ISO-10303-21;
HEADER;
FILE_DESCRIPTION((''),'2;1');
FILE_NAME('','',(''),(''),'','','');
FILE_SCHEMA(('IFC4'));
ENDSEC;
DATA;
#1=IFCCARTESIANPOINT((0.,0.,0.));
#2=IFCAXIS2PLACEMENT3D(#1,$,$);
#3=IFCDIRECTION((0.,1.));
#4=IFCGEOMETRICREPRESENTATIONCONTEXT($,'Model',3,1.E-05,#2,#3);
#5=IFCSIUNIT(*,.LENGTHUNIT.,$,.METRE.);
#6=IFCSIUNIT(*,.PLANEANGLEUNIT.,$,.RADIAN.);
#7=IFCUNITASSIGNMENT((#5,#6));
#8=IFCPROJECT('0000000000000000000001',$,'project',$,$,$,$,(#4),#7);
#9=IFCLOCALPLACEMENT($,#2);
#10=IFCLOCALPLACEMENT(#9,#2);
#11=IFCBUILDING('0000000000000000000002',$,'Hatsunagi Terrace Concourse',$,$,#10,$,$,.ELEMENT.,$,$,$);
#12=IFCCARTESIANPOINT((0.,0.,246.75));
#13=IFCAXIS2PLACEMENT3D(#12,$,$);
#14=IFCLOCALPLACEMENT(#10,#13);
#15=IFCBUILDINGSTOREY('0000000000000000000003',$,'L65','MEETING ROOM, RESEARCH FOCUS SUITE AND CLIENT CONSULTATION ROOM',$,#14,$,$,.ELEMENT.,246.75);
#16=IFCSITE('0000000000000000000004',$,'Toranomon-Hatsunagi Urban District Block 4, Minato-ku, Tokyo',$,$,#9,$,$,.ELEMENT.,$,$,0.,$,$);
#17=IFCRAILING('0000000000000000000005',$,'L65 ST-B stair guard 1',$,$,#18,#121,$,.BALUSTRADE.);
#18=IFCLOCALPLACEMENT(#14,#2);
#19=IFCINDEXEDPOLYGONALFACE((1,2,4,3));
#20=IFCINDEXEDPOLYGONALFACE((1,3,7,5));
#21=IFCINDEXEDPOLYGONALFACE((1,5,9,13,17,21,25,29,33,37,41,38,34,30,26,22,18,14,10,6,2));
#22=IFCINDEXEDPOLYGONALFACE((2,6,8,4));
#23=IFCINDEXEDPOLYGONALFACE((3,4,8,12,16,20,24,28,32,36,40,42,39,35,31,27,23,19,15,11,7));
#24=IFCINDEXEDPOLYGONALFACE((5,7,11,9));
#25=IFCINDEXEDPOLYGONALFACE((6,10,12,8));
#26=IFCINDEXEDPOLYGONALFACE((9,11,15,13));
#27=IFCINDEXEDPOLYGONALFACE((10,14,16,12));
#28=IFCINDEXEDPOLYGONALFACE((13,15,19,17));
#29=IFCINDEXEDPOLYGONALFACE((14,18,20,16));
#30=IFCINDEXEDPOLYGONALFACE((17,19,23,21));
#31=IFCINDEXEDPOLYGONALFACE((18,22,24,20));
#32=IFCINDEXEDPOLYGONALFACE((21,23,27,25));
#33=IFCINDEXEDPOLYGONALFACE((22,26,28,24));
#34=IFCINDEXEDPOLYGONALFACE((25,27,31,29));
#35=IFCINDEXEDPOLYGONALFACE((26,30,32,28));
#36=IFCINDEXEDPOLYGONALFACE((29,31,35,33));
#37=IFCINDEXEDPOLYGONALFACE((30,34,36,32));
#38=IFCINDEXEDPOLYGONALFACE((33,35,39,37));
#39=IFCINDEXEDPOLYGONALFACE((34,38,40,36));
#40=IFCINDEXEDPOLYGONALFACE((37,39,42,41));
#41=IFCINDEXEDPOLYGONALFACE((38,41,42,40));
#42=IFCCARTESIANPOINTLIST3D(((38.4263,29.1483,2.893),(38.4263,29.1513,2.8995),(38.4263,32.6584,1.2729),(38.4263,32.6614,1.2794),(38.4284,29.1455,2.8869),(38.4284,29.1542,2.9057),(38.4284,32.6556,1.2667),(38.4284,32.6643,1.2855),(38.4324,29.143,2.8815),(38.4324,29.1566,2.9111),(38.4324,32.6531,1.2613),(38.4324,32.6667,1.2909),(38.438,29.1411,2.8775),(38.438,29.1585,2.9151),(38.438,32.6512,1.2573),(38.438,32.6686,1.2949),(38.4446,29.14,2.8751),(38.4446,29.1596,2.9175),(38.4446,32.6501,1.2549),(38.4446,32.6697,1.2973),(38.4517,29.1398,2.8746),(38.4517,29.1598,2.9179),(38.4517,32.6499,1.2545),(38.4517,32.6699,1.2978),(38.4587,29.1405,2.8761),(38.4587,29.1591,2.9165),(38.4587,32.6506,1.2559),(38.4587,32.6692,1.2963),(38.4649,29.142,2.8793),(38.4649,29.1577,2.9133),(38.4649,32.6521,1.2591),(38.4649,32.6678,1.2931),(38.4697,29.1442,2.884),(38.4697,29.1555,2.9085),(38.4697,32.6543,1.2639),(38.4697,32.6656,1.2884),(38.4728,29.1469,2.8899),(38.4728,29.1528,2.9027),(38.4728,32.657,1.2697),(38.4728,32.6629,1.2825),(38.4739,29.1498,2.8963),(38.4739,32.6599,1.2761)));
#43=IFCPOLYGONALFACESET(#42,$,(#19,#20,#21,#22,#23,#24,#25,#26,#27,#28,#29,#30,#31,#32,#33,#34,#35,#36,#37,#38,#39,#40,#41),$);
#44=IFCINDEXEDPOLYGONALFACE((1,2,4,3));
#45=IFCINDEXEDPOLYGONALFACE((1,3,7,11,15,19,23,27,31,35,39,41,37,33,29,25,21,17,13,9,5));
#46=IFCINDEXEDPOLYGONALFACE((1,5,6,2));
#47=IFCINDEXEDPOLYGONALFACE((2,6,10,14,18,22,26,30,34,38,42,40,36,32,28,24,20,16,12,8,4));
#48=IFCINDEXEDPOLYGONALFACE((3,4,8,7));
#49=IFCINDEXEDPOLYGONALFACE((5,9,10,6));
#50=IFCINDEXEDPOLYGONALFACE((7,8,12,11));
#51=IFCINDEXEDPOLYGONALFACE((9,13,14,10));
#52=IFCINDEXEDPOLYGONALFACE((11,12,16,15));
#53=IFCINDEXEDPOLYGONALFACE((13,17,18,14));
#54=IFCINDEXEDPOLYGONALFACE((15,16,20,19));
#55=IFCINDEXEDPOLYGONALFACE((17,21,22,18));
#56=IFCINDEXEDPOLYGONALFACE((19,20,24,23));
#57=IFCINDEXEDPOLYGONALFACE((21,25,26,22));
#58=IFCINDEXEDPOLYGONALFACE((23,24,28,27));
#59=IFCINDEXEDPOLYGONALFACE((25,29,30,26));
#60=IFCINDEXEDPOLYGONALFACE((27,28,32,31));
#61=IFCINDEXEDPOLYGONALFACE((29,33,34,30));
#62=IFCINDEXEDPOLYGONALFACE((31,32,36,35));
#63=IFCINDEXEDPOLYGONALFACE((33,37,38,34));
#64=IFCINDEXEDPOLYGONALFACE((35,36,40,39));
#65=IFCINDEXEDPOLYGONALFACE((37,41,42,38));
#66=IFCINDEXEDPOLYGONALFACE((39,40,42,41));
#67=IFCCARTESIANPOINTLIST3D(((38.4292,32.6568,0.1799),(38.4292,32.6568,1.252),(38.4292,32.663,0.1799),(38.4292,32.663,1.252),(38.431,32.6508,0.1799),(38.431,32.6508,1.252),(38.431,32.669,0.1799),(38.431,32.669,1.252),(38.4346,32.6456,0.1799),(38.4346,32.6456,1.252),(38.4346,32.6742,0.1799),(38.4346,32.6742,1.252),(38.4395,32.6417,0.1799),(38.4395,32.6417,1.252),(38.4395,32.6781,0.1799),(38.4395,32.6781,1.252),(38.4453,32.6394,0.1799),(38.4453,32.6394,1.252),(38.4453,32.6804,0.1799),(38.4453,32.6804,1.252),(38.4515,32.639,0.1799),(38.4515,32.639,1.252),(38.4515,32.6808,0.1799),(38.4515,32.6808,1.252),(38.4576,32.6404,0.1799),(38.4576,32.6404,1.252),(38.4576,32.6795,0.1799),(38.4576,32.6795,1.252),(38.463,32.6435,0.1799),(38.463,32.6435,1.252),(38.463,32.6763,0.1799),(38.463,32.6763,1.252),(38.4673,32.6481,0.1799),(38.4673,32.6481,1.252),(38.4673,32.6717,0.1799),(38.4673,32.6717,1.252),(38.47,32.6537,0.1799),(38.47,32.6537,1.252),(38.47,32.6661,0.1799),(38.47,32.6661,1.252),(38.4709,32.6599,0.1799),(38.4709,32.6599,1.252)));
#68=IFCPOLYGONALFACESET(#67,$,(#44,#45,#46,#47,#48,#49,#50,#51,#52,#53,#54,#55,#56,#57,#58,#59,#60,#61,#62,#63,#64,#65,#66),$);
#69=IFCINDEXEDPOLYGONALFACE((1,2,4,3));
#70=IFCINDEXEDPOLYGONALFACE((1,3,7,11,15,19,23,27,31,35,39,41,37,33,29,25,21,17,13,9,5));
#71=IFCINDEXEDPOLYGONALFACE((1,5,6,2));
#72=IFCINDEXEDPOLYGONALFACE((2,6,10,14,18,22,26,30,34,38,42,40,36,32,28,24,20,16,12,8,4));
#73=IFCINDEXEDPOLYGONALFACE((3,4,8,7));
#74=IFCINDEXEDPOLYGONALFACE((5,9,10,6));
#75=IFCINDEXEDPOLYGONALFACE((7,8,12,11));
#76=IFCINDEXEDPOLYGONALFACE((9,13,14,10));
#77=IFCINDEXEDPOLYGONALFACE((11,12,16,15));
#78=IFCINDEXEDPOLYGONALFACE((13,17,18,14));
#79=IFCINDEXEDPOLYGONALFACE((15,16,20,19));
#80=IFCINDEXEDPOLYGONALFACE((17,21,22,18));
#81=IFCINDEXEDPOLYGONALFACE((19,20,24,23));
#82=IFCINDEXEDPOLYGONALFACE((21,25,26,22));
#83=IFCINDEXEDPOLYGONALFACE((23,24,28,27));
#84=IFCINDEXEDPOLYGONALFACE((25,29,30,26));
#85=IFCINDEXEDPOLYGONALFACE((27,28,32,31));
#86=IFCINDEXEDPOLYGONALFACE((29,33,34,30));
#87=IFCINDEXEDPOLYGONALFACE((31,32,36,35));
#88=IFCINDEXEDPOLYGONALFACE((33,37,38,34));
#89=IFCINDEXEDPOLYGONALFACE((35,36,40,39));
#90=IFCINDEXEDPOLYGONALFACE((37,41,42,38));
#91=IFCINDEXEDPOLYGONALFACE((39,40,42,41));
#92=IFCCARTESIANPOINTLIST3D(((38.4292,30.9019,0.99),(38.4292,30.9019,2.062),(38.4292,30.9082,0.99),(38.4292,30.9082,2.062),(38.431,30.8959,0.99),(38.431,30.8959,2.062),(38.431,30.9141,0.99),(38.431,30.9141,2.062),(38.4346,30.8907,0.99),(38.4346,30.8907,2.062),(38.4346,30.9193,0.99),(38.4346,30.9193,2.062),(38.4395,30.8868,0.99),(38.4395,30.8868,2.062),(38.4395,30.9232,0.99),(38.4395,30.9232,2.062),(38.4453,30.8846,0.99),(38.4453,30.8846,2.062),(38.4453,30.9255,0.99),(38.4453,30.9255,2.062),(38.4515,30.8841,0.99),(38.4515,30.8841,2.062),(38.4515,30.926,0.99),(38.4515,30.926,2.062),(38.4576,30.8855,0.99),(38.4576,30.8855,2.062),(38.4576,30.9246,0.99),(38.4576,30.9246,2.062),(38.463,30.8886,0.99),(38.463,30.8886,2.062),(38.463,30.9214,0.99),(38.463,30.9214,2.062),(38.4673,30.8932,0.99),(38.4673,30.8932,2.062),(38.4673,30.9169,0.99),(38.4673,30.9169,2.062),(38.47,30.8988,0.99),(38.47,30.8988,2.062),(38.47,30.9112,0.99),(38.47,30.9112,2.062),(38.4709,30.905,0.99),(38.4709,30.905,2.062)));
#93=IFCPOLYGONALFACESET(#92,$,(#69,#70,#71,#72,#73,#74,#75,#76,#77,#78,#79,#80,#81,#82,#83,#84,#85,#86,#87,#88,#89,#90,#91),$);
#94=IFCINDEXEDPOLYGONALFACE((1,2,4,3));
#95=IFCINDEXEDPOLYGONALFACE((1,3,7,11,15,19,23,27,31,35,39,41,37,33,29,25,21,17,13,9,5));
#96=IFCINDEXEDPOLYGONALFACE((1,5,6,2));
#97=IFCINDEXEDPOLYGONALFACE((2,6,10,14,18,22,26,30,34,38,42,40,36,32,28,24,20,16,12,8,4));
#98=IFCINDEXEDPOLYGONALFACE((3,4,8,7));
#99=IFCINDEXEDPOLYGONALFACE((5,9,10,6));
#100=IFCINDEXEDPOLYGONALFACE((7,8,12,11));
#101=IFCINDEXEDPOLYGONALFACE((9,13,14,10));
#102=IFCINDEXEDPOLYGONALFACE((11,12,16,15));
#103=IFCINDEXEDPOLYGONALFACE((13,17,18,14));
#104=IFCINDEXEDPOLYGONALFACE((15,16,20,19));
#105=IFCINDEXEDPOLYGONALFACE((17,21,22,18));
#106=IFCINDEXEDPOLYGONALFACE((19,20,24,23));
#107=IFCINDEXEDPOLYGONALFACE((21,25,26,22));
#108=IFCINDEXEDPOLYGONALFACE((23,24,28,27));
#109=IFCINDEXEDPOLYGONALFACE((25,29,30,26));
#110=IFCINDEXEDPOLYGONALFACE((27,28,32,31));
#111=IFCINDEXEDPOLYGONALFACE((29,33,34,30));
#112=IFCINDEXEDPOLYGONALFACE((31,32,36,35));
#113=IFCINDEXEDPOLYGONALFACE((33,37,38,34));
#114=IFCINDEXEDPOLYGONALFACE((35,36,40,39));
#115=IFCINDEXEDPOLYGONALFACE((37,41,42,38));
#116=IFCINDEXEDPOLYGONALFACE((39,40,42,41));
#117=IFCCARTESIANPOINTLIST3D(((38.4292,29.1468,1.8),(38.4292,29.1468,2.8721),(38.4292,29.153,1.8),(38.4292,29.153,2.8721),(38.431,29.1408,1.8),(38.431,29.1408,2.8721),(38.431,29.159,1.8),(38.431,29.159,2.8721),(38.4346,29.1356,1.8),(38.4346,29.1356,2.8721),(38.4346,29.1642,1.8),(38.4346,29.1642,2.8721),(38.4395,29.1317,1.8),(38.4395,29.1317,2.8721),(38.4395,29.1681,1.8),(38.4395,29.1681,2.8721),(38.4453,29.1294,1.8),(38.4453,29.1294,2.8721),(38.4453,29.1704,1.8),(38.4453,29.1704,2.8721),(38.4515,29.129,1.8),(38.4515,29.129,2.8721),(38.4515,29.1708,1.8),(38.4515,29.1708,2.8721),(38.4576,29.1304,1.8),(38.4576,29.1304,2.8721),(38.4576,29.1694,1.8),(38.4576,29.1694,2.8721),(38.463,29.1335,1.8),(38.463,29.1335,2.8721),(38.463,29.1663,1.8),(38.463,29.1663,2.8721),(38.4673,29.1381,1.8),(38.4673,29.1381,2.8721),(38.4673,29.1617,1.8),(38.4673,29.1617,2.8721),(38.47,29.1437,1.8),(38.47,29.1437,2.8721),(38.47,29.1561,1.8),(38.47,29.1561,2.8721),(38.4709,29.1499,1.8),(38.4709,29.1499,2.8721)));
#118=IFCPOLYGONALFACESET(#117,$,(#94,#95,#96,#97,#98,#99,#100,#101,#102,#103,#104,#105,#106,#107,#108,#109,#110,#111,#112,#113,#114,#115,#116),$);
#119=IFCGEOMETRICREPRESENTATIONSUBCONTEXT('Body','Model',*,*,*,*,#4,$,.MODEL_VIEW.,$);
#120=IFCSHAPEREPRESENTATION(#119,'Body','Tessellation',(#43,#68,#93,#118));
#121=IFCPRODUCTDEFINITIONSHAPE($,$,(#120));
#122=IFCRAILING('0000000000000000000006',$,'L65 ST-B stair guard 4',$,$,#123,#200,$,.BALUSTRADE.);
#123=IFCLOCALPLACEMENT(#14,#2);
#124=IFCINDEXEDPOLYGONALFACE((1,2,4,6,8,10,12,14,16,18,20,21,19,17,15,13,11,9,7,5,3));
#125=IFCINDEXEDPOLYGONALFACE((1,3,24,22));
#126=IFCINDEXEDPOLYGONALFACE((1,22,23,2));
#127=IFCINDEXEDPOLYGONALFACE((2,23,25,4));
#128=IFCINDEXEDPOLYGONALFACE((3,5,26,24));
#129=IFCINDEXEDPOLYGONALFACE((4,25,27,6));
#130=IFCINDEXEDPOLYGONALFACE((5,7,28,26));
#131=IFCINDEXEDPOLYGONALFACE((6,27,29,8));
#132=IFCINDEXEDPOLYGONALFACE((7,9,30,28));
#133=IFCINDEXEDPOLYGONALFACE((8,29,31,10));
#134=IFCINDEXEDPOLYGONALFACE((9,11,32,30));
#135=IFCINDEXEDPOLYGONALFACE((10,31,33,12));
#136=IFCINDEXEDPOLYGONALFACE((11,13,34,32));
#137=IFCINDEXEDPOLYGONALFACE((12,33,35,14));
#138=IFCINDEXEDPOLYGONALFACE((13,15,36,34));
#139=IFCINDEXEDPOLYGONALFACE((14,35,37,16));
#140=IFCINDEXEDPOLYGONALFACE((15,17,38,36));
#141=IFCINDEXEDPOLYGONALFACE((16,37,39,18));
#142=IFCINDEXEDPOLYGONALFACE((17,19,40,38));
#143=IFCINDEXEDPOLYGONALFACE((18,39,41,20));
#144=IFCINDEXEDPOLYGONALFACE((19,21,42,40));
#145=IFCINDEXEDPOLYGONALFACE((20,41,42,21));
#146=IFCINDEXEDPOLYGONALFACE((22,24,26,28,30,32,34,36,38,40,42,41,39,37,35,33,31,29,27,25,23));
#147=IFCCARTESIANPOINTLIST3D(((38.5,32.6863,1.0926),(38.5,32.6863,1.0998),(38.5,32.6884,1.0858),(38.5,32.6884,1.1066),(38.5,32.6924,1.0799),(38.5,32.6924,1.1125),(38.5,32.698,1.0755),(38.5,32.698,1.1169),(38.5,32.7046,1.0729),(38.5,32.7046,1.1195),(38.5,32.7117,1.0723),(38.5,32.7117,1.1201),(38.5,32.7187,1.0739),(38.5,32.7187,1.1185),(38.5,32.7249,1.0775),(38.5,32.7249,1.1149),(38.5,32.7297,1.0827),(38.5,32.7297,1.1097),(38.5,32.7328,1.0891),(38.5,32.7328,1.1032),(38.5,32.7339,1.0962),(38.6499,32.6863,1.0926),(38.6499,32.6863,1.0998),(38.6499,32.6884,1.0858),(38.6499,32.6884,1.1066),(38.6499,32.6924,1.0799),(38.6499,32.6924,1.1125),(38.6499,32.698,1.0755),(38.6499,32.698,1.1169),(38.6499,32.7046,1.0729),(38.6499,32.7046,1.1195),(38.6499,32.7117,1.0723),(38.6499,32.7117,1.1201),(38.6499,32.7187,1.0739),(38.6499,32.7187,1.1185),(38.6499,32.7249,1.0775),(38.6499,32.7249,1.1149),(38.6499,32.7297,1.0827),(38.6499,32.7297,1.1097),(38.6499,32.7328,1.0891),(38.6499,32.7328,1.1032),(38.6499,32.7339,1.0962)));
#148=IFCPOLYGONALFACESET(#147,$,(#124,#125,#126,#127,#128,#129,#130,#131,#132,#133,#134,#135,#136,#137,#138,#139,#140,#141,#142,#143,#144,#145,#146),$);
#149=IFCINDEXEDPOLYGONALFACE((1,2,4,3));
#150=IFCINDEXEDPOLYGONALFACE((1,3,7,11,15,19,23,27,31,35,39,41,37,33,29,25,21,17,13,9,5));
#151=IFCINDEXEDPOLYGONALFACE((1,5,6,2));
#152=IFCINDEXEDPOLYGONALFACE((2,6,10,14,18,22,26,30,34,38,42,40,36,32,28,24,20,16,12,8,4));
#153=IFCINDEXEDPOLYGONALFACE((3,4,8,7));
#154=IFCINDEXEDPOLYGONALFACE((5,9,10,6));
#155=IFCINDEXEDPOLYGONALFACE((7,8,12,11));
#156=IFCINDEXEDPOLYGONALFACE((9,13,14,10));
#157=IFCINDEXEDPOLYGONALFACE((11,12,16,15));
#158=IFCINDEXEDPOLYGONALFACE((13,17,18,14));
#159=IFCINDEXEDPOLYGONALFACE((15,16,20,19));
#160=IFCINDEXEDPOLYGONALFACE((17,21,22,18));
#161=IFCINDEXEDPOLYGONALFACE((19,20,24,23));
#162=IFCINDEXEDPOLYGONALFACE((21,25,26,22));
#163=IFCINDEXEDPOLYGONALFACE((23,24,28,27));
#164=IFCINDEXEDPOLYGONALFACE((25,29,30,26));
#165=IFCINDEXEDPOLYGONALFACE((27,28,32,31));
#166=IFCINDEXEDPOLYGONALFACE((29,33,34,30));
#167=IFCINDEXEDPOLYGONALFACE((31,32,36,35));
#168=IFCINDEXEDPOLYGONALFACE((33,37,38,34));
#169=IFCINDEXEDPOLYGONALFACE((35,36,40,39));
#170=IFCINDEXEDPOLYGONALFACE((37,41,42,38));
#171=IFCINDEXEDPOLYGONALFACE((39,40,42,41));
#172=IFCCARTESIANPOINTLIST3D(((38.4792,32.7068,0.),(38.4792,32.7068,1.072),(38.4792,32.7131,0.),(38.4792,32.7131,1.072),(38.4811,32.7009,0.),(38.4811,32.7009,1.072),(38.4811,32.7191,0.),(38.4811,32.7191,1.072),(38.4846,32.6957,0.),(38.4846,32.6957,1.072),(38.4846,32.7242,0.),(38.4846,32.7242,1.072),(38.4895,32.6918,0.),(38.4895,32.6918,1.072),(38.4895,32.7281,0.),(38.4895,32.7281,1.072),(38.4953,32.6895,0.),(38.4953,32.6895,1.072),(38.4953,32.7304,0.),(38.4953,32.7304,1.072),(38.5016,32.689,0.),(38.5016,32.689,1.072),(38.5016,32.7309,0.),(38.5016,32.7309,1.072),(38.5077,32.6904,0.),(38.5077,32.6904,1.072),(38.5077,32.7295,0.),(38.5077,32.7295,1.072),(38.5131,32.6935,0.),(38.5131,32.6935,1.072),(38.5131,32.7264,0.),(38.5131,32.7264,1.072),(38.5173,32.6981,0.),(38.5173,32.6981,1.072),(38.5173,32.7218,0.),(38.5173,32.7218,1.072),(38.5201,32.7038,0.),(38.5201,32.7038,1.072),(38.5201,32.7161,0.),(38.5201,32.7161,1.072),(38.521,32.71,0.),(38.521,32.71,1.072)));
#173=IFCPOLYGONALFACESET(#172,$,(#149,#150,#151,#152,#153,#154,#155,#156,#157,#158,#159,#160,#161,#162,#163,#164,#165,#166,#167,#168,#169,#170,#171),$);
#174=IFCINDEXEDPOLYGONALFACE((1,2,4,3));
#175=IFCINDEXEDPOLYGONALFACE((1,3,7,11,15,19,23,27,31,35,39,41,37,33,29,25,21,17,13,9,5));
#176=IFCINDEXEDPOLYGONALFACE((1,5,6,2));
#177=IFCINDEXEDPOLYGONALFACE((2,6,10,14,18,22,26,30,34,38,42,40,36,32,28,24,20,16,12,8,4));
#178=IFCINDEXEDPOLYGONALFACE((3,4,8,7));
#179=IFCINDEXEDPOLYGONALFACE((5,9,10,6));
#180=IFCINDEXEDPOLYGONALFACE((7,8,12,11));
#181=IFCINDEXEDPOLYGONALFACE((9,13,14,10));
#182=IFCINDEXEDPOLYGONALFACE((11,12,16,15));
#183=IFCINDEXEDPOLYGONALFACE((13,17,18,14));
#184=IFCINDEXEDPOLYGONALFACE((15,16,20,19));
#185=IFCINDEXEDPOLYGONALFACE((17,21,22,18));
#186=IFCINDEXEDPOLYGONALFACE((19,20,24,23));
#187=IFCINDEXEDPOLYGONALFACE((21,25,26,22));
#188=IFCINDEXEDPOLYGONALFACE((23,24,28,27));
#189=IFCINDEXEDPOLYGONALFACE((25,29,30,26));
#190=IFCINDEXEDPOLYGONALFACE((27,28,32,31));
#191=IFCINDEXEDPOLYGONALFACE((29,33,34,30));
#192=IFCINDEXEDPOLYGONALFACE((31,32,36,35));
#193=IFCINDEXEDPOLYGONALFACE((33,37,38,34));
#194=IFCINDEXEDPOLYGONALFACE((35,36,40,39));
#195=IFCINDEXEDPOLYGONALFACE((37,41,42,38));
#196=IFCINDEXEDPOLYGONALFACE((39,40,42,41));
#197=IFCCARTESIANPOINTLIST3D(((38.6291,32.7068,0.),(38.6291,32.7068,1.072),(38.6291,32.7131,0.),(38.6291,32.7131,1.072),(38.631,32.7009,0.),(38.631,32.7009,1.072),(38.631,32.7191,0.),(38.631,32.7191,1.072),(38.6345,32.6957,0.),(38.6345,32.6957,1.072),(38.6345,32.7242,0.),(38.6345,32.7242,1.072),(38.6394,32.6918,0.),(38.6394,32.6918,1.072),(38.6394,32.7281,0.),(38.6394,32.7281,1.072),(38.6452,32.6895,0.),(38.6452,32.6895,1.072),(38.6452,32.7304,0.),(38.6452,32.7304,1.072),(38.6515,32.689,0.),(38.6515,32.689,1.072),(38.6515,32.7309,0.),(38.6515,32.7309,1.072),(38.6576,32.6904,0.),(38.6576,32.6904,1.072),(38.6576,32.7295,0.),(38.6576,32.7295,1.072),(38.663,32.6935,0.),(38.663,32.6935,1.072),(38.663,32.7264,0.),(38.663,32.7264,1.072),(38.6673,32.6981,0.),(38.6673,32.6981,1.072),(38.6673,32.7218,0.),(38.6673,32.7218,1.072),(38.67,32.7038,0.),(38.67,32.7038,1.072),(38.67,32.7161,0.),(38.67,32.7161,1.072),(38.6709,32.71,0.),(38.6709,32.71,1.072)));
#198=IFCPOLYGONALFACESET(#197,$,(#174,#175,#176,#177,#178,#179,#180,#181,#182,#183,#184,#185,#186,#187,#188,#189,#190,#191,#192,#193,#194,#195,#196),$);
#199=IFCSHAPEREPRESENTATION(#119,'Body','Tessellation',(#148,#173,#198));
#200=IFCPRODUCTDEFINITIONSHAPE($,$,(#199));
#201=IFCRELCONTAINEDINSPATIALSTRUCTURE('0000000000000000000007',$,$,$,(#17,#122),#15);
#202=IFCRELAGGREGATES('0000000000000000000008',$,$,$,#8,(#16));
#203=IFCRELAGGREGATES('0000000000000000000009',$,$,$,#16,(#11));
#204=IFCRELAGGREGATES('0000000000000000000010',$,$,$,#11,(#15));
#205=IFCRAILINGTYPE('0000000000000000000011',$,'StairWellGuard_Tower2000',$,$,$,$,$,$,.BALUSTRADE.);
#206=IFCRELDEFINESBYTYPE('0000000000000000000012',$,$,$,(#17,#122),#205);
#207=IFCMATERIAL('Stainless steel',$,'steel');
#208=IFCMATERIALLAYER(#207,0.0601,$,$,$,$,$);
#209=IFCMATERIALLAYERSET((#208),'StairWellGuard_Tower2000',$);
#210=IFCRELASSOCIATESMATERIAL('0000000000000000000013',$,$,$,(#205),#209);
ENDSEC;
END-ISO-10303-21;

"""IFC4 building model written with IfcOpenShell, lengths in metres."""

from ifc_helpers import new_model, si_unit, direction, frame, origin, origin_2d, place, context, subcontext, project, spatial, circle, extrude, material, layer, layer_set, type_object, element, save


model = new_model("IFC4")

# Units and contexts
model_context = context("Model", 3, precision=1e-05, world=origin(), true_north=direction((0.0, 1.0)))
body_context = subcontext(model_context, "Body", "Model", "MODEL_VIEW")
ifc_project = project(units=[si_unit("LENGTHUNIT", "METRE"), si_unit("PLANEANGLEUNIT", "RADIAN")], contexts=[model_context])

# Site, building, storey
site_placement = place(None, origin())
site = spatial("IfcSite", under=ifc_project, at=site_placement, Name="Toranomon-Hatsunagi Urban District Block 4, Minato-ku, Tokyo", CompositionType="ELEMENT", RefElevation=0.0)
building_placement = place(site_placement, origin())
building = spatial("IfcBuilding", under=site, at=building_placement, Name="Hatsunagi Terrace Concourse", CompositionType="ELEMENT")
storey_placement = place(building_placement, frame((0.0, 0.0, 246.75)))
storey = spatial("IfcBuildingStorey", under=building, at=storey_placement, Name="L65", Description="MEETING ROOM, RESEARCH FOCUS SUITE AND CLIENT CONSULTATION ROOM", CompositionType="ELEMENT", Elevation=246.75)

# Railings
ifc_material_1 = material(Name="Stainless steel", Category="steel")
ifc_layer_1 = layer(ifc_material_1, 0.0601)
ifc_layer_set_1 = layer_set([ifc_layer_1], Name="StairWellGuard_Tower2000")
railing_type_1 = type_object("IfcRailingType", Name="StairWellGuard_Tower2000", PredefinedType="BALUSTRADE", material=ifc_layer_set_1)
railing_1_placement = place(storey_placement, frame((38.45, 32.6599, 0.1799)))
element("IfcRailing", 1, at=railing_1_placement, inside=storey, type_object=railing_type_1, Name="L65 ST-B stair guard 1", PredefinedType="BALUSTRADE", context=body_context, shape_type="SweptSolid", body=[
    extrude(circle(Radius=0.0239, at=origin_2d()), frame((0.0, 0.0, 1.0962), z_axis=(0.0, -0.907948, 0.419082), x_axis=(1.0, 0.0, 0.0)), (0.0, 0.0, 1.0), 3.866),
    extrude(circle(Radius=0.021, at=origin_2d()), origin(), (0.0, 0.0, 1.0), 1.072),
    extrude(circle(Radius=0.021, at=origin_2d()), frame((0.0, -1.7549, 0.8101)), (0.0, 0.0, 1.0), 1.072),
    extrude(circle(Radius=0.021, at=origin_2d()), frame((0.0, -3.51, 1.6201)), (0.0, 0.0, 1.0), 1.072),
])
railing_2_placement = place(storey_placement, frame((38.5, 32.71, 0.0)))
element("IfcRailing", 2, at=railing_2_placement, inside=storey, type_object=railing_type_1, Name="L65 ST-B stair guard 4", PredefinedType="BALUSTRADE", context=body_context, shape_type="SweptSolid", body=[
    extrude(circle(Radius=0.0239, at=origin_2d()), frame((0.0, 0.0, 1.0962), z_axis=(1.0, 0.0, 0.0), x_axis=(0.0, 1.0, 0.0)), (0.0, 0.0, 1.0), 0.1499),
    extrude(circle(Radius=0.021, at=origin_2d()), origin(), (0.0, 0.0, 1.0), 1.072),
    extrude(circle(Radius=0.021, at=origin_2d()), frame((0.1499, 0.0, 0.0)), (0.0, 0.0, 1.0), 1.072),
])

save(model, "model.ifc")
